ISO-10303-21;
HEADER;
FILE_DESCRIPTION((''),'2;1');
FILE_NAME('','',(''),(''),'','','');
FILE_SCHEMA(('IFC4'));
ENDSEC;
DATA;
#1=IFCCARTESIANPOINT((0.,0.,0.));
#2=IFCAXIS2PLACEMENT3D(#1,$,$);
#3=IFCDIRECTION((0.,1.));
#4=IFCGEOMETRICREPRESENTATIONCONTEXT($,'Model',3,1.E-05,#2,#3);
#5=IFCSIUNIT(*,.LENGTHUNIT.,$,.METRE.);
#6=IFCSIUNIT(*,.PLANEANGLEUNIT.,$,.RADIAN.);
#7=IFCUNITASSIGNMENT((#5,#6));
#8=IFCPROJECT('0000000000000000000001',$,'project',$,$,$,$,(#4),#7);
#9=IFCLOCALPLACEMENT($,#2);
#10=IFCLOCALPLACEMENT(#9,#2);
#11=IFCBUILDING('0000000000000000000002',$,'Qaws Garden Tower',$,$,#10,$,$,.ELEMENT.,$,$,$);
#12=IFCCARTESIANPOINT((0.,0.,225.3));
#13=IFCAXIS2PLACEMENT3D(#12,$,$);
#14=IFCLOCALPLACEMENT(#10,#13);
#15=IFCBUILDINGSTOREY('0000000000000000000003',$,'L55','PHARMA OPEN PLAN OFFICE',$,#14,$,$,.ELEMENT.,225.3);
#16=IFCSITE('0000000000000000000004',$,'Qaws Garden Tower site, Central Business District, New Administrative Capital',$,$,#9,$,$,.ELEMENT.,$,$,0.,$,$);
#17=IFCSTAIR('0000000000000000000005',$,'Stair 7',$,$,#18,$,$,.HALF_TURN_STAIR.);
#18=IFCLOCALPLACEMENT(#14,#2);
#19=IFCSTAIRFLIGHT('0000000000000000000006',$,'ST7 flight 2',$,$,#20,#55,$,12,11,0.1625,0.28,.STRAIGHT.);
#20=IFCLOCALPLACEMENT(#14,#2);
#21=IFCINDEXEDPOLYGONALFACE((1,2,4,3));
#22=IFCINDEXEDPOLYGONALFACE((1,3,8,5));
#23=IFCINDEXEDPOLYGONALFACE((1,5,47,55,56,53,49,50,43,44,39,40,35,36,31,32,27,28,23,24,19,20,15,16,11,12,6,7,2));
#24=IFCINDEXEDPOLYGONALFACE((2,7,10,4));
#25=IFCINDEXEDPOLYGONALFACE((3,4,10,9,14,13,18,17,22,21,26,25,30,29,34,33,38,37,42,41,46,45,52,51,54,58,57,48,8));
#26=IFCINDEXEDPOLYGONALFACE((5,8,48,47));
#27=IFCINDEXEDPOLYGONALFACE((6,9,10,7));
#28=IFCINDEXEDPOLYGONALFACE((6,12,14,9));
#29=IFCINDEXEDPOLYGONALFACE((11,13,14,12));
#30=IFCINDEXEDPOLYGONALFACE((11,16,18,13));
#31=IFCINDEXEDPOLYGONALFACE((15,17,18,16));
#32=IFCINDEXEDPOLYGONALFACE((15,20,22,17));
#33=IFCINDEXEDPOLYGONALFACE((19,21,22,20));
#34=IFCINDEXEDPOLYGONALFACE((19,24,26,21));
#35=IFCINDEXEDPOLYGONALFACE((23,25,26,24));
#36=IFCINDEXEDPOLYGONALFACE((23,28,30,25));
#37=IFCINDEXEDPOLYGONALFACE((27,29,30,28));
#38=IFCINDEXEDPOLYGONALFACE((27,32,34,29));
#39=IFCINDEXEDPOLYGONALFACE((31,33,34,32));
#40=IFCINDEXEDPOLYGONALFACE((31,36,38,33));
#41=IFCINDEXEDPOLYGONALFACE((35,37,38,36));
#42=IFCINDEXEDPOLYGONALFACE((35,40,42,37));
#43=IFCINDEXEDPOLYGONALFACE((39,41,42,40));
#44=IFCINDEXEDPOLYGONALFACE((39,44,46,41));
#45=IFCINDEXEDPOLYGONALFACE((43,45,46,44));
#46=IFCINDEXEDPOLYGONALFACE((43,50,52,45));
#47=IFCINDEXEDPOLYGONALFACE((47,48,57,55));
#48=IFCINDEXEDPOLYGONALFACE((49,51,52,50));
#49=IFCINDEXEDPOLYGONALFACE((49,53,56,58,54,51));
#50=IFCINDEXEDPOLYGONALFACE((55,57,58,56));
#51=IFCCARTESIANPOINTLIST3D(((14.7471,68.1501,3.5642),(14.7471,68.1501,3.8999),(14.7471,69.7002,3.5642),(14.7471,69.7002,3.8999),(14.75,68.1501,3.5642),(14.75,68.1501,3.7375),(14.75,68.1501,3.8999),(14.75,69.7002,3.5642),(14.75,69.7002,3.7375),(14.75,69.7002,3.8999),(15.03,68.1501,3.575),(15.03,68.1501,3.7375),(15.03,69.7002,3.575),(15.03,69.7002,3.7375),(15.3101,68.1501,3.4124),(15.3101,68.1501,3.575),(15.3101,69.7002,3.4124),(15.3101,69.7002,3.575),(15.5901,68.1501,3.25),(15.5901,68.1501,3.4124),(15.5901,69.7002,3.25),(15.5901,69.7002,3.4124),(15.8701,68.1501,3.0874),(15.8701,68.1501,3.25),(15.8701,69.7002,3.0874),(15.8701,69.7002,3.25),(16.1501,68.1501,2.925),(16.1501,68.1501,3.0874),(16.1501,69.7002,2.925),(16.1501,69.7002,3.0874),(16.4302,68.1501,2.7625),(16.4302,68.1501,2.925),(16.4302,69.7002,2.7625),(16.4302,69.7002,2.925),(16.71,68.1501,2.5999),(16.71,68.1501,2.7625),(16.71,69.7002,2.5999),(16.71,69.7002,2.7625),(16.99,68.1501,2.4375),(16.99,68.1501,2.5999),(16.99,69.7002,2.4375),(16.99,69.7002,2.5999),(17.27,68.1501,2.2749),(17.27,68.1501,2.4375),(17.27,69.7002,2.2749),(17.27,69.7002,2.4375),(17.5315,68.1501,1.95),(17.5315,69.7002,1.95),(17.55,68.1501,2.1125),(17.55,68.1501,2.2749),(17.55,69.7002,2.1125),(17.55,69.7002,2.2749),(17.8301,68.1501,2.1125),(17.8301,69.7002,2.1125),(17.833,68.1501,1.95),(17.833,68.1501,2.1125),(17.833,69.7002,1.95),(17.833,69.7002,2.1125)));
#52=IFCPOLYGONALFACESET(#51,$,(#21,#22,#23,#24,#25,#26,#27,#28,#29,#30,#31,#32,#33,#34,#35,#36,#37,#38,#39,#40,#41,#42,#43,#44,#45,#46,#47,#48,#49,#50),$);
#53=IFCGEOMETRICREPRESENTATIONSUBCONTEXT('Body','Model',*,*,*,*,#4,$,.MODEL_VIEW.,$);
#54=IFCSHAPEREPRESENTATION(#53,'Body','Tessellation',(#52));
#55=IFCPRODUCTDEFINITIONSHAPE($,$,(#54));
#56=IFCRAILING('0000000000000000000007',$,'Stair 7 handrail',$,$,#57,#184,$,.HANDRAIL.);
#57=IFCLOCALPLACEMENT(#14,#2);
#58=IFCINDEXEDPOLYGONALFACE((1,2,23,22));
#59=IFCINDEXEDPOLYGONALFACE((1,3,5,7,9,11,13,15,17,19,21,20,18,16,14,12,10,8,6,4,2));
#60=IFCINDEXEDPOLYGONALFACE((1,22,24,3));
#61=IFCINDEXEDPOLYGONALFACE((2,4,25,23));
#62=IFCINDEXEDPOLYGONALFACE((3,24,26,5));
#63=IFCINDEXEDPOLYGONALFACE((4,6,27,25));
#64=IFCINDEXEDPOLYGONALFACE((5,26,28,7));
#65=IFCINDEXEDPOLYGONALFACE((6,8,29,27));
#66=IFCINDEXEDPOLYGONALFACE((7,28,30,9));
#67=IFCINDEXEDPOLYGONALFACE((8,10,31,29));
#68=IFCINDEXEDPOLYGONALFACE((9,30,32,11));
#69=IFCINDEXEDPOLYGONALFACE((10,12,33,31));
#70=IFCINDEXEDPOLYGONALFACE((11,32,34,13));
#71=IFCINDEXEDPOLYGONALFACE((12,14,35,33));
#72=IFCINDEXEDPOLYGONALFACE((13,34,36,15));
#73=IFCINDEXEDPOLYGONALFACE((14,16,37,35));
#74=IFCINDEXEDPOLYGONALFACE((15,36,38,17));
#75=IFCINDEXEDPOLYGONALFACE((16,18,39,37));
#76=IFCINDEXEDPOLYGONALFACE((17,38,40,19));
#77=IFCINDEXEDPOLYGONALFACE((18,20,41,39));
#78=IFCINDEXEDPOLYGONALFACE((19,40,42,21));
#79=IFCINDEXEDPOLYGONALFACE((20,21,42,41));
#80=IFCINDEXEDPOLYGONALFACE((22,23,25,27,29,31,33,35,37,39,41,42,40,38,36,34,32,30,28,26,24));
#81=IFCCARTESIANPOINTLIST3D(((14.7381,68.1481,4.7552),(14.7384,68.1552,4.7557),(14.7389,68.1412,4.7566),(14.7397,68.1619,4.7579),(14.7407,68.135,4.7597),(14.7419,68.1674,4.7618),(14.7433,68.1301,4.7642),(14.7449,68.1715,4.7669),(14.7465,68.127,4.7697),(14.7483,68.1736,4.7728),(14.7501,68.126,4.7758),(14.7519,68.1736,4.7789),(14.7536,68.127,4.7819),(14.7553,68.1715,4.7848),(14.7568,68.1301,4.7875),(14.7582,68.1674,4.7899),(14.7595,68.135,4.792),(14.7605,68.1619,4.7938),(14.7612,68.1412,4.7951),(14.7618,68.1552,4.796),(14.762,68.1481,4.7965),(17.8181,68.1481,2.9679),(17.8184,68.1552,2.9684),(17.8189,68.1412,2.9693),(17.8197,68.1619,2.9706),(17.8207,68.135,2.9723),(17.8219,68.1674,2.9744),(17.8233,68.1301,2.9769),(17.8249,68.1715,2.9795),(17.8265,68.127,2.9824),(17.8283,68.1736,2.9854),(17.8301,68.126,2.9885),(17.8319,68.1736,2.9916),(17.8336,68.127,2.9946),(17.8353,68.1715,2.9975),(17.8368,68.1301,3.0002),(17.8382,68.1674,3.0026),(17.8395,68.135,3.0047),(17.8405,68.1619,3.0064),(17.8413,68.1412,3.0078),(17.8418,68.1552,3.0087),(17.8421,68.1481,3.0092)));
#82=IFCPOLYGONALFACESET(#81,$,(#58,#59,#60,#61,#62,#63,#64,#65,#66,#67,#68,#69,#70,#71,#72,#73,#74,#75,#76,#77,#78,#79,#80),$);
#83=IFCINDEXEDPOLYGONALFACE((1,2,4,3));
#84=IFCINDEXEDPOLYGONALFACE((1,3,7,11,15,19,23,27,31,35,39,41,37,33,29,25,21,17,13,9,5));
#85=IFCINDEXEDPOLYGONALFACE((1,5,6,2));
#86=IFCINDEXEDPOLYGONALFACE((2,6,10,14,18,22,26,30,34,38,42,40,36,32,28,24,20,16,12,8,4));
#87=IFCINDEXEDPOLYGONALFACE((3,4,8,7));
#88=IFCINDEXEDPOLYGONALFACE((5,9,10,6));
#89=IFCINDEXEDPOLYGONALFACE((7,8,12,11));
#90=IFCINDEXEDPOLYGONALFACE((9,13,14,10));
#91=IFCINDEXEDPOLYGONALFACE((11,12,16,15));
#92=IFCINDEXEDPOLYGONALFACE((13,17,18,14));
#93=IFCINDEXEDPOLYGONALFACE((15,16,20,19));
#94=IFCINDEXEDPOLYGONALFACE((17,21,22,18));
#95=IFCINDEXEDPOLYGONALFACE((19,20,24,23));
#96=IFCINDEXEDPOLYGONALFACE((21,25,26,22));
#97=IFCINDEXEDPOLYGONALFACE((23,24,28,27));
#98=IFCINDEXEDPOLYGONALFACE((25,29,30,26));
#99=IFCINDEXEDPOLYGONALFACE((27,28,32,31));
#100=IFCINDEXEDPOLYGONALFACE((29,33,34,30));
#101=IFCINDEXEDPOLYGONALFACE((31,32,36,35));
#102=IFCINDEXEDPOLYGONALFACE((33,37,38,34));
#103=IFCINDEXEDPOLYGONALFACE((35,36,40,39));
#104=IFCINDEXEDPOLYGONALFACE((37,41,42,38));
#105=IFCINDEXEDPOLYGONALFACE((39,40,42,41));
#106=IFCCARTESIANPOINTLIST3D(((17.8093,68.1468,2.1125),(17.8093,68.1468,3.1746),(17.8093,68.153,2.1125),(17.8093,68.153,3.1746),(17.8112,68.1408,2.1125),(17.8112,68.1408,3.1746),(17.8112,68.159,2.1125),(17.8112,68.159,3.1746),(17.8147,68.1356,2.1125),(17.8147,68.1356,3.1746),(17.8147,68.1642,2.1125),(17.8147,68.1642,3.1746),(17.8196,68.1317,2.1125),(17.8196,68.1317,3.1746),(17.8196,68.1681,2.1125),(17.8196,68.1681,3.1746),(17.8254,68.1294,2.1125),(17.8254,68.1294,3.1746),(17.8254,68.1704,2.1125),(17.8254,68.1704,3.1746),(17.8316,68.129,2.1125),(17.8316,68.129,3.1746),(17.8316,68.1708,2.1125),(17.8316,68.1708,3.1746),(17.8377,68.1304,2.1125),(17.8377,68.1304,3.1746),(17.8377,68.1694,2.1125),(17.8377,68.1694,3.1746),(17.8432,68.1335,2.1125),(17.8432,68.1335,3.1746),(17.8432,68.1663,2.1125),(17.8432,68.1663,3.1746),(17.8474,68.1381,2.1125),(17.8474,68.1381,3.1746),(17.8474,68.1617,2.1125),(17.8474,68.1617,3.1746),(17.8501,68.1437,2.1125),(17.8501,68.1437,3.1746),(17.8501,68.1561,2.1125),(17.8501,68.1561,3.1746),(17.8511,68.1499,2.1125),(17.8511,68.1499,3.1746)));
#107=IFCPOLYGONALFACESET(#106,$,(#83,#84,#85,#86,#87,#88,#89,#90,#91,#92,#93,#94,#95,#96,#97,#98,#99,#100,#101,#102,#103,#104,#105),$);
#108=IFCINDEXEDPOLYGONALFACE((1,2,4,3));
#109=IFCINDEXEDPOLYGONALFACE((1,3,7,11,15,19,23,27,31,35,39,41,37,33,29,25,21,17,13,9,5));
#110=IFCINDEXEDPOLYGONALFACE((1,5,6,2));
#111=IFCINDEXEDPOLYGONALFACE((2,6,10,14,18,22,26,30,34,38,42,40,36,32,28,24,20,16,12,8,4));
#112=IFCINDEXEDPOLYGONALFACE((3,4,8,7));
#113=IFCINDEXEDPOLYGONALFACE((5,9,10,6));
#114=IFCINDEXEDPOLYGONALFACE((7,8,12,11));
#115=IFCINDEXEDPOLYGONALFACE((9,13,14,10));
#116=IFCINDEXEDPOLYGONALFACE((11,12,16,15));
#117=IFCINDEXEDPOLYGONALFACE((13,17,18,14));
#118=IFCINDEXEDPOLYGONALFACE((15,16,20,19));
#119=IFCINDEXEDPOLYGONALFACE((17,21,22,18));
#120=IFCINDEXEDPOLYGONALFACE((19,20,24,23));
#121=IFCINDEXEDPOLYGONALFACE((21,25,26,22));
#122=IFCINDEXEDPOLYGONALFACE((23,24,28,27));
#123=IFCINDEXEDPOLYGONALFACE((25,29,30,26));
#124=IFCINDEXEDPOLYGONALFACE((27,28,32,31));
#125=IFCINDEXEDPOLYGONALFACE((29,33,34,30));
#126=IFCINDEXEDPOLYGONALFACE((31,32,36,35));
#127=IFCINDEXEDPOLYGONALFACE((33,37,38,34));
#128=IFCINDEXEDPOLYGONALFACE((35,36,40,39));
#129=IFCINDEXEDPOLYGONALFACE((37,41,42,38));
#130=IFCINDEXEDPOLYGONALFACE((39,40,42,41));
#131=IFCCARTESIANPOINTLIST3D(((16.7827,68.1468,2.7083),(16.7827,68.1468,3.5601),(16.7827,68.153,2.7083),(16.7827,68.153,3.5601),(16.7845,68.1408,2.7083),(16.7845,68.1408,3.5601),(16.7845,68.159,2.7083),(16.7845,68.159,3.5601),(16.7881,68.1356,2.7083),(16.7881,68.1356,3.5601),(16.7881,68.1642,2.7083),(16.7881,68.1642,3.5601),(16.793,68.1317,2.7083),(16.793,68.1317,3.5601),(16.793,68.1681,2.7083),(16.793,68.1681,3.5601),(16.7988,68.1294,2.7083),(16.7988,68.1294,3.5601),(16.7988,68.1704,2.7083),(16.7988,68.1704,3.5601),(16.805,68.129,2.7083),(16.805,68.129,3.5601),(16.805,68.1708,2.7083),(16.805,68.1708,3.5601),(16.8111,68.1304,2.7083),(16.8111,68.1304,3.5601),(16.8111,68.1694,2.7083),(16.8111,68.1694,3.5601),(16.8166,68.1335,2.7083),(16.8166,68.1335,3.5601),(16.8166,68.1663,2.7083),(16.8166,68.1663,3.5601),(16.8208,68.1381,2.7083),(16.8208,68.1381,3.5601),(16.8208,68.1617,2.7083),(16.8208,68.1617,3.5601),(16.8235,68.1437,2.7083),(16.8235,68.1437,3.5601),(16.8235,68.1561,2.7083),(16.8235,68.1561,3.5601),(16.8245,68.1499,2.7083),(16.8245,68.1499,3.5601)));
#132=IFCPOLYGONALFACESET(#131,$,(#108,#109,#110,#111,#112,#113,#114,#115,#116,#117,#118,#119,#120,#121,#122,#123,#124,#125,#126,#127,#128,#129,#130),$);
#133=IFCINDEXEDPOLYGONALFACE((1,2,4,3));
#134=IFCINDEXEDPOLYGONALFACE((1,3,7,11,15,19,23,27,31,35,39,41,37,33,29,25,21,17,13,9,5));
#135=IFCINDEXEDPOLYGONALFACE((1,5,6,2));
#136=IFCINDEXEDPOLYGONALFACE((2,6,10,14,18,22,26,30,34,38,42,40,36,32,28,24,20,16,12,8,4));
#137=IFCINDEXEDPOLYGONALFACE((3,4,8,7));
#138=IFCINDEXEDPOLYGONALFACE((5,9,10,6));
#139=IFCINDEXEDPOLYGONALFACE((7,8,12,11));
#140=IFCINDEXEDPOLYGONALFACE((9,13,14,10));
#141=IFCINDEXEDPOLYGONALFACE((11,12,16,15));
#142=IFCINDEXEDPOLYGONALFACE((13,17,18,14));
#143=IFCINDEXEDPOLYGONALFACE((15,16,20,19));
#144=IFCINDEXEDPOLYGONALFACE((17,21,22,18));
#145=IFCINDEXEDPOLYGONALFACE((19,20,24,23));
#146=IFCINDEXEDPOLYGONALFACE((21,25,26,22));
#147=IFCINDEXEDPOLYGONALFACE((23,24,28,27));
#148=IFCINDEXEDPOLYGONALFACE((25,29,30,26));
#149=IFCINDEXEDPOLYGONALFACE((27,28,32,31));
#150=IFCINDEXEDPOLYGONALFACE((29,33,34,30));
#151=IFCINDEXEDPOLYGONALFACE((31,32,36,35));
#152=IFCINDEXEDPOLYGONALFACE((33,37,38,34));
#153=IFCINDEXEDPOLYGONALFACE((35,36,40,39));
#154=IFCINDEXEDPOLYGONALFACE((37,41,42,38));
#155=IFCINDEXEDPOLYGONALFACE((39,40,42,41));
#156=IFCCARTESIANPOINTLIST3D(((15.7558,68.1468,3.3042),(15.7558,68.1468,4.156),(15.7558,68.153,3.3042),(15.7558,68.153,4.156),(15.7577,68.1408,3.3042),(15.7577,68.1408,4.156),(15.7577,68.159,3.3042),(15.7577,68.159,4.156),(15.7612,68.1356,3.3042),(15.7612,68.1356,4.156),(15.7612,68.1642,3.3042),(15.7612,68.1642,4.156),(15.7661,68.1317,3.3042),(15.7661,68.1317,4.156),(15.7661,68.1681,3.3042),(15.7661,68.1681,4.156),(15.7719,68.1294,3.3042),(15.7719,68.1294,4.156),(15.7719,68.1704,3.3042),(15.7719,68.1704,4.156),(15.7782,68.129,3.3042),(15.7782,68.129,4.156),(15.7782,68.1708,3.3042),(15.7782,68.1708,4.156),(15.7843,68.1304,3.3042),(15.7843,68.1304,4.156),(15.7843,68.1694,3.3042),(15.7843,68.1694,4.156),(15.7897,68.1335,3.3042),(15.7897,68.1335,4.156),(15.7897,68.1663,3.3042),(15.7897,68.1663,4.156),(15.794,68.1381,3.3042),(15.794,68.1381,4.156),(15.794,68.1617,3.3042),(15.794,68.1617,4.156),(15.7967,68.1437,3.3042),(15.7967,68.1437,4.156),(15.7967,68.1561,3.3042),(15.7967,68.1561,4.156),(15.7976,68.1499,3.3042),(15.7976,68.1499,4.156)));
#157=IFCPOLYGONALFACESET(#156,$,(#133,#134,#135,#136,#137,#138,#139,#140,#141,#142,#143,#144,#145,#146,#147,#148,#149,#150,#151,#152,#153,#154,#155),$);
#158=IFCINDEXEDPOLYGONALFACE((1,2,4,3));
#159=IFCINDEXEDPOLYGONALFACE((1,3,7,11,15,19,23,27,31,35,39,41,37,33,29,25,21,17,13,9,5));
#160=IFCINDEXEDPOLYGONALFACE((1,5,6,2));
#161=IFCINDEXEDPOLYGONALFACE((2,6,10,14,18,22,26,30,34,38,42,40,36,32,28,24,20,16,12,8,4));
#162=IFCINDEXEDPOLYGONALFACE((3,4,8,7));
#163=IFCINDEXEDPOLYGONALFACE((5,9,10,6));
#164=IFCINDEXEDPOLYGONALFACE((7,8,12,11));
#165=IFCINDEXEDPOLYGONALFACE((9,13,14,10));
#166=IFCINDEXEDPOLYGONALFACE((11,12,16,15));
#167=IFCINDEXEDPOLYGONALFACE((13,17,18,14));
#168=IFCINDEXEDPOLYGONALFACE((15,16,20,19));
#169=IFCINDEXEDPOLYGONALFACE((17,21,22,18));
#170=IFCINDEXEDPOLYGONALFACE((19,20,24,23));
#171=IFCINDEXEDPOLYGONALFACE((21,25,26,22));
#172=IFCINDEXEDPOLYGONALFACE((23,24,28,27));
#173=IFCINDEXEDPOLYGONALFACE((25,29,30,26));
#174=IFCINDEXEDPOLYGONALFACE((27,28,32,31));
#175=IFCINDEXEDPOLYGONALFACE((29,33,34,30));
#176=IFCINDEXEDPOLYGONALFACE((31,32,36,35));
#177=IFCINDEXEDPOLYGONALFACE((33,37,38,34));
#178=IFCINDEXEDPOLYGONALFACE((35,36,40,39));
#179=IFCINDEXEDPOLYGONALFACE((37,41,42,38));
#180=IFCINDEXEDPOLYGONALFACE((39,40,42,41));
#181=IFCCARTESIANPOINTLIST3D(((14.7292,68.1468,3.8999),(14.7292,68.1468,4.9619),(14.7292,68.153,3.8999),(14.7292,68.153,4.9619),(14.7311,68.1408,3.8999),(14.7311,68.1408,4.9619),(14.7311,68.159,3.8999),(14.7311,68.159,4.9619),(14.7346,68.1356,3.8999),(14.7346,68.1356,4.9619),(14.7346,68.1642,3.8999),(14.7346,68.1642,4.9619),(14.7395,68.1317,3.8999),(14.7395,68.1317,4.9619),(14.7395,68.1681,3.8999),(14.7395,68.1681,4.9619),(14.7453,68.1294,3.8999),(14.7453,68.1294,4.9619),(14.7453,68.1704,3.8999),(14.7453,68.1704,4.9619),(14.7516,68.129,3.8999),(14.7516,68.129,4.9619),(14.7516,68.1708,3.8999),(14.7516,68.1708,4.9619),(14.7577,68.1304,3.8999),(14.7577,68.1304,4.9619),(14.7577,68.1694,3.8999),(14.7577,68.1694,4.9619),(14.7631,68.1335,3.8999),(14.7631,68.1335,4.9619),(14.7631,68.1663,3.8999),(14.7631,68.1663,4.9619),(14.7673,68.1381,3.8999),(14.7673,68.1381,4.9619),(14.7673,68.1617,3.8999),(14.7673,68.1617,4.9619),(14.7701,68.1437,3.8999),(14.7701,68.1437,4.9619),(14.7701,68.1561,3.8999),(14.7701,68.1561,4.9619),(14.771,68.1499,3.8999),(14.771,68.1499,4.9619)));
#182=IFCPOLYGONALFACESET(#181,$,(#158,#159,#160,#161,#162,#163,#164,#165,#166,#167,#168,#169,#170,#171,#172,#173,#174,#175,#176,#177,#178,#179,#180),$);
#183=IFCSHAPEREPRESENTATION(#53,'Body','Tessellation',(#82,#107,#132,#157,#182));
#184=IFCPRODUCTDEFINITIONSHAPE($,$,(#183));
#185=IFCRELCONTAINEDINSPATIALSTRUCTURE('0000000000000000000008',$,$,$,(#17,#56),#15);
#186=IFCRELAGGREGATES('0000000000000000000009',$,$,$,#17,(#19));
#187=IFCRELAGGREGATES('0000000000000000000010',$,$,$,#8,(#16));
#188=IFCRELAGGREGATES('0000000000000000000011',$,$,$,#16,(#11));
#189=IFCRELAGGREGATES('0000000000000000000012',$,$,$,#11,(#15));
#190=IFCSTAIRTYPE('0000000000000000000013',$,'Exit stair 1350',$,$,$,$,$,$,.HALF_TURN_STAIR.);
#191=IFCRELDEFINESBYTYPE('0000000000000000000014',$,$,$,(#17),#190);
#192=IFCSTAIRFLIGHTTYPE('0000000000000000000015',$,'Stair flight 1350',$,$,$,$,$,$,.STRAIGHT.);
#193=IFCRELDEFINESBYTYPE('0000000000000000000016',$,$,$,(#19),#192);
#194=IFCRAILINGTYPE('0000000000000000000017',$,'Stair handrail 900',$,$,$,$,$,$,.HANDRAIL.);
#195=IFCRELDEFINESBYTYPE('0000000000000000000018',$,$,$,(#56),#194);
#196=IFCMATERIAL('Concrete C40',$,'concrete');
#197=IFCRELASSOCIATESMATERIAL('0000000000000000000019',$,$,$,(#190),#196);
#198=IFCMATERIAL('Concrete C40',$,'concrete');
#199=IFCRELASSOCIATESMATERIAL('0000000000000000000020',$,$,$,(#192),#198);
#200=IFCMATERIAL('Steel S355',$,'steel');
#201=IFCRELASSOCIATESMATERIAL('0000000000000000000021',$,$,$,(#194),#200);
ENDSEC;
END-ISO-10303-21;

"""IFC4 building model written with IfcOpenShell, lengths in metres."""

from ifc_helpers import new_model, si_unit, direction, frame, origin, origin_2d, place, context, subcontext, project, spatial, polyline, circle, outline, extrude, material, type_object, element, aggregate, save


model = new_model("IFC4")

# Units and contexts
model_context = context("Model", 3, precision=1e-05, world=origin(), true_north=direction((0.0, 1.0)))
body_context = subcontext(model_context, "Body", "Model", "MODEL_VIEW")
ifc_project = project(units=[si_unit("LENGTHUNIT", "METRE"), si_unit("PLANEANGLEUNIT", "RADIAN")], contexts=[model_context])

# Site, building, storey
site_placement = place(None, origin())
site = spatial("IfcSite", under=ifc_project, at=site_placement, Name="Qaws Garden Tower site, Central Business District, New Administrative Capital", CompositionType="ELEMENT", RefElevation=0.0)
building_placement = place(site_placement, origin())
building = spatial("IfcBuilding", under=site, at=building_placement, Name="Qaws Garden Tower", CompositionType="ELEMENT")
storey_placement = place(building_placement, frame((0.0, 0.0, 225.3)))
storey = spatial("IfcBuildingStorey", under=building, at=storey_placement, Name="L55", Description="PHARMA OPEN PLAN OFFICE", CompositionType="ELEMENT", Elevation=225.3)

# Stair, stair flight
ifc_material_1 = material(Name="Concrete C40", Category="concrete")
stair_type = type_object("IfcStairType", Name="Exit stair 1350", PredefinedType="HALF_TURN_STAIR", material=ifc_material_1)
stair_placement = place(storey_placement, origin())
stair = element("IfcStair", 1, at=stair_placement, inside=storey, type_object=stair_type, Name="Stair 7", PredefinedType="HALF_TURN_STAIR")
ifc_material_2 = material(Name="Concrete C40", Category="concrete")
stair_flight_type = type_object("IfcStairFlightType", Name="Stair flight 1350", PredefinedType="STRAIGHT", material=ifc_material_2)
stair_flight_placement = place(storey_placement, frame((17.8301, 68.925, 1.95), z_axis=(0.0, 0.0, 1.0), x_axis=(-1.0, 0.0, 0.0)))
stair_flight = element("IfcStairFlight", 2, at=stair_flight_placement, type_object=stair_flight_type, Name="ST7 flight 2", NumberOfRisers=12, NumberOfTreads=11, PredefinedType="STRAIGHT", RiserHeight=0.1625, TreadLength=0.28, context=body_context, shape_type="SweptSolid", body=[
    extrude(outline(polyline([(-0.0029, 0.0), (-0.0029, 0.1626), (0.0, 0.1626), (0.28, 0.1626), (0.28, 0.325), (0.5601, 0.325), (0.5601, 0.4875), (0.8401, 0.4875), (0.8401, 0.6499), (1.1201, 0.6499), (1.1201, 0.8125), (1.3999, 0.8125), (1.3999, 0.9751), (1.6799, 0.9751), (1.6799, 1.1375), (1.96, 1.1375), (1.96, 1.3), (2.24, 1.3), (2.24, 1.4624), (2.52, 1.4624), (2.52, 1.625), (2.8, 1.625), (2.8, 1.7876), (3.0801, 1.7876), (3.0801, 1.95), (3.083, 1.95), (3.083, 1.6143), (3.0801, 1.6143), (0.2986, 0.0), (-0.0029, 0.0)])), frame((0.0, 0.7749, 0.0), z_axis=(0.0, -1.0, 0.0), x_axis=(1.0, 0.0, 0.0)), (0.0, 0.0, 1.0), 1.55),
])
aggregate(stair, [stair_flight])

# Railing
ifc_material_3 = material(Name="Steel S355", Category="steel")
railing_type = type_object("IfcRailingType", Name="Stair handrail 900", PredefinedType="HANDRAIL", material=ifc_material_3)
railing_placement = place(storey_placement, frame((17.8301, 68.1499, 2.1125)))
element("IfcRailing", 3, at=railing_placement, inside=storey, type_object=railing_type, Name="Stair 7 handrail", PredefinedType="HANDRAIL", context=body_context, shape_type="SweptSolid", body=[
    extrude(circle(Radius=0.0239, at=origin_2d()), frame((0.0, 0.0, 0.876), z_axis=(-0.86492, 0.0, 0.501909), x_axis=(0.0, -1.0, 0.0)), (0.0, 0.0, 1.0), 3.561),
    extrude(circle(Radius=0.021, at=origin_2d()), origin(), (0.0, 0.0, 1.0), 1.062),
    extrude(circle(Radius=0.021, at=origin_2d()), frame((-1.0266, 0.0, 0.5957)), (0.0, 0.0, 1.0), 0.8518),
    extrude(circle(Radius=0.021, at=origin_2d()), frame((-2.0535, 0.0, 1.1917)), (0.0, 0.0, 1.0), 0.8518),
    extrude(circle(Radius=0.021, at=origin_2d()), frame((-3.0801, 0.0, 1.7874)), (0.0, 0.0, 1.0), 1.062),
])

save(model, "model.ifc")
